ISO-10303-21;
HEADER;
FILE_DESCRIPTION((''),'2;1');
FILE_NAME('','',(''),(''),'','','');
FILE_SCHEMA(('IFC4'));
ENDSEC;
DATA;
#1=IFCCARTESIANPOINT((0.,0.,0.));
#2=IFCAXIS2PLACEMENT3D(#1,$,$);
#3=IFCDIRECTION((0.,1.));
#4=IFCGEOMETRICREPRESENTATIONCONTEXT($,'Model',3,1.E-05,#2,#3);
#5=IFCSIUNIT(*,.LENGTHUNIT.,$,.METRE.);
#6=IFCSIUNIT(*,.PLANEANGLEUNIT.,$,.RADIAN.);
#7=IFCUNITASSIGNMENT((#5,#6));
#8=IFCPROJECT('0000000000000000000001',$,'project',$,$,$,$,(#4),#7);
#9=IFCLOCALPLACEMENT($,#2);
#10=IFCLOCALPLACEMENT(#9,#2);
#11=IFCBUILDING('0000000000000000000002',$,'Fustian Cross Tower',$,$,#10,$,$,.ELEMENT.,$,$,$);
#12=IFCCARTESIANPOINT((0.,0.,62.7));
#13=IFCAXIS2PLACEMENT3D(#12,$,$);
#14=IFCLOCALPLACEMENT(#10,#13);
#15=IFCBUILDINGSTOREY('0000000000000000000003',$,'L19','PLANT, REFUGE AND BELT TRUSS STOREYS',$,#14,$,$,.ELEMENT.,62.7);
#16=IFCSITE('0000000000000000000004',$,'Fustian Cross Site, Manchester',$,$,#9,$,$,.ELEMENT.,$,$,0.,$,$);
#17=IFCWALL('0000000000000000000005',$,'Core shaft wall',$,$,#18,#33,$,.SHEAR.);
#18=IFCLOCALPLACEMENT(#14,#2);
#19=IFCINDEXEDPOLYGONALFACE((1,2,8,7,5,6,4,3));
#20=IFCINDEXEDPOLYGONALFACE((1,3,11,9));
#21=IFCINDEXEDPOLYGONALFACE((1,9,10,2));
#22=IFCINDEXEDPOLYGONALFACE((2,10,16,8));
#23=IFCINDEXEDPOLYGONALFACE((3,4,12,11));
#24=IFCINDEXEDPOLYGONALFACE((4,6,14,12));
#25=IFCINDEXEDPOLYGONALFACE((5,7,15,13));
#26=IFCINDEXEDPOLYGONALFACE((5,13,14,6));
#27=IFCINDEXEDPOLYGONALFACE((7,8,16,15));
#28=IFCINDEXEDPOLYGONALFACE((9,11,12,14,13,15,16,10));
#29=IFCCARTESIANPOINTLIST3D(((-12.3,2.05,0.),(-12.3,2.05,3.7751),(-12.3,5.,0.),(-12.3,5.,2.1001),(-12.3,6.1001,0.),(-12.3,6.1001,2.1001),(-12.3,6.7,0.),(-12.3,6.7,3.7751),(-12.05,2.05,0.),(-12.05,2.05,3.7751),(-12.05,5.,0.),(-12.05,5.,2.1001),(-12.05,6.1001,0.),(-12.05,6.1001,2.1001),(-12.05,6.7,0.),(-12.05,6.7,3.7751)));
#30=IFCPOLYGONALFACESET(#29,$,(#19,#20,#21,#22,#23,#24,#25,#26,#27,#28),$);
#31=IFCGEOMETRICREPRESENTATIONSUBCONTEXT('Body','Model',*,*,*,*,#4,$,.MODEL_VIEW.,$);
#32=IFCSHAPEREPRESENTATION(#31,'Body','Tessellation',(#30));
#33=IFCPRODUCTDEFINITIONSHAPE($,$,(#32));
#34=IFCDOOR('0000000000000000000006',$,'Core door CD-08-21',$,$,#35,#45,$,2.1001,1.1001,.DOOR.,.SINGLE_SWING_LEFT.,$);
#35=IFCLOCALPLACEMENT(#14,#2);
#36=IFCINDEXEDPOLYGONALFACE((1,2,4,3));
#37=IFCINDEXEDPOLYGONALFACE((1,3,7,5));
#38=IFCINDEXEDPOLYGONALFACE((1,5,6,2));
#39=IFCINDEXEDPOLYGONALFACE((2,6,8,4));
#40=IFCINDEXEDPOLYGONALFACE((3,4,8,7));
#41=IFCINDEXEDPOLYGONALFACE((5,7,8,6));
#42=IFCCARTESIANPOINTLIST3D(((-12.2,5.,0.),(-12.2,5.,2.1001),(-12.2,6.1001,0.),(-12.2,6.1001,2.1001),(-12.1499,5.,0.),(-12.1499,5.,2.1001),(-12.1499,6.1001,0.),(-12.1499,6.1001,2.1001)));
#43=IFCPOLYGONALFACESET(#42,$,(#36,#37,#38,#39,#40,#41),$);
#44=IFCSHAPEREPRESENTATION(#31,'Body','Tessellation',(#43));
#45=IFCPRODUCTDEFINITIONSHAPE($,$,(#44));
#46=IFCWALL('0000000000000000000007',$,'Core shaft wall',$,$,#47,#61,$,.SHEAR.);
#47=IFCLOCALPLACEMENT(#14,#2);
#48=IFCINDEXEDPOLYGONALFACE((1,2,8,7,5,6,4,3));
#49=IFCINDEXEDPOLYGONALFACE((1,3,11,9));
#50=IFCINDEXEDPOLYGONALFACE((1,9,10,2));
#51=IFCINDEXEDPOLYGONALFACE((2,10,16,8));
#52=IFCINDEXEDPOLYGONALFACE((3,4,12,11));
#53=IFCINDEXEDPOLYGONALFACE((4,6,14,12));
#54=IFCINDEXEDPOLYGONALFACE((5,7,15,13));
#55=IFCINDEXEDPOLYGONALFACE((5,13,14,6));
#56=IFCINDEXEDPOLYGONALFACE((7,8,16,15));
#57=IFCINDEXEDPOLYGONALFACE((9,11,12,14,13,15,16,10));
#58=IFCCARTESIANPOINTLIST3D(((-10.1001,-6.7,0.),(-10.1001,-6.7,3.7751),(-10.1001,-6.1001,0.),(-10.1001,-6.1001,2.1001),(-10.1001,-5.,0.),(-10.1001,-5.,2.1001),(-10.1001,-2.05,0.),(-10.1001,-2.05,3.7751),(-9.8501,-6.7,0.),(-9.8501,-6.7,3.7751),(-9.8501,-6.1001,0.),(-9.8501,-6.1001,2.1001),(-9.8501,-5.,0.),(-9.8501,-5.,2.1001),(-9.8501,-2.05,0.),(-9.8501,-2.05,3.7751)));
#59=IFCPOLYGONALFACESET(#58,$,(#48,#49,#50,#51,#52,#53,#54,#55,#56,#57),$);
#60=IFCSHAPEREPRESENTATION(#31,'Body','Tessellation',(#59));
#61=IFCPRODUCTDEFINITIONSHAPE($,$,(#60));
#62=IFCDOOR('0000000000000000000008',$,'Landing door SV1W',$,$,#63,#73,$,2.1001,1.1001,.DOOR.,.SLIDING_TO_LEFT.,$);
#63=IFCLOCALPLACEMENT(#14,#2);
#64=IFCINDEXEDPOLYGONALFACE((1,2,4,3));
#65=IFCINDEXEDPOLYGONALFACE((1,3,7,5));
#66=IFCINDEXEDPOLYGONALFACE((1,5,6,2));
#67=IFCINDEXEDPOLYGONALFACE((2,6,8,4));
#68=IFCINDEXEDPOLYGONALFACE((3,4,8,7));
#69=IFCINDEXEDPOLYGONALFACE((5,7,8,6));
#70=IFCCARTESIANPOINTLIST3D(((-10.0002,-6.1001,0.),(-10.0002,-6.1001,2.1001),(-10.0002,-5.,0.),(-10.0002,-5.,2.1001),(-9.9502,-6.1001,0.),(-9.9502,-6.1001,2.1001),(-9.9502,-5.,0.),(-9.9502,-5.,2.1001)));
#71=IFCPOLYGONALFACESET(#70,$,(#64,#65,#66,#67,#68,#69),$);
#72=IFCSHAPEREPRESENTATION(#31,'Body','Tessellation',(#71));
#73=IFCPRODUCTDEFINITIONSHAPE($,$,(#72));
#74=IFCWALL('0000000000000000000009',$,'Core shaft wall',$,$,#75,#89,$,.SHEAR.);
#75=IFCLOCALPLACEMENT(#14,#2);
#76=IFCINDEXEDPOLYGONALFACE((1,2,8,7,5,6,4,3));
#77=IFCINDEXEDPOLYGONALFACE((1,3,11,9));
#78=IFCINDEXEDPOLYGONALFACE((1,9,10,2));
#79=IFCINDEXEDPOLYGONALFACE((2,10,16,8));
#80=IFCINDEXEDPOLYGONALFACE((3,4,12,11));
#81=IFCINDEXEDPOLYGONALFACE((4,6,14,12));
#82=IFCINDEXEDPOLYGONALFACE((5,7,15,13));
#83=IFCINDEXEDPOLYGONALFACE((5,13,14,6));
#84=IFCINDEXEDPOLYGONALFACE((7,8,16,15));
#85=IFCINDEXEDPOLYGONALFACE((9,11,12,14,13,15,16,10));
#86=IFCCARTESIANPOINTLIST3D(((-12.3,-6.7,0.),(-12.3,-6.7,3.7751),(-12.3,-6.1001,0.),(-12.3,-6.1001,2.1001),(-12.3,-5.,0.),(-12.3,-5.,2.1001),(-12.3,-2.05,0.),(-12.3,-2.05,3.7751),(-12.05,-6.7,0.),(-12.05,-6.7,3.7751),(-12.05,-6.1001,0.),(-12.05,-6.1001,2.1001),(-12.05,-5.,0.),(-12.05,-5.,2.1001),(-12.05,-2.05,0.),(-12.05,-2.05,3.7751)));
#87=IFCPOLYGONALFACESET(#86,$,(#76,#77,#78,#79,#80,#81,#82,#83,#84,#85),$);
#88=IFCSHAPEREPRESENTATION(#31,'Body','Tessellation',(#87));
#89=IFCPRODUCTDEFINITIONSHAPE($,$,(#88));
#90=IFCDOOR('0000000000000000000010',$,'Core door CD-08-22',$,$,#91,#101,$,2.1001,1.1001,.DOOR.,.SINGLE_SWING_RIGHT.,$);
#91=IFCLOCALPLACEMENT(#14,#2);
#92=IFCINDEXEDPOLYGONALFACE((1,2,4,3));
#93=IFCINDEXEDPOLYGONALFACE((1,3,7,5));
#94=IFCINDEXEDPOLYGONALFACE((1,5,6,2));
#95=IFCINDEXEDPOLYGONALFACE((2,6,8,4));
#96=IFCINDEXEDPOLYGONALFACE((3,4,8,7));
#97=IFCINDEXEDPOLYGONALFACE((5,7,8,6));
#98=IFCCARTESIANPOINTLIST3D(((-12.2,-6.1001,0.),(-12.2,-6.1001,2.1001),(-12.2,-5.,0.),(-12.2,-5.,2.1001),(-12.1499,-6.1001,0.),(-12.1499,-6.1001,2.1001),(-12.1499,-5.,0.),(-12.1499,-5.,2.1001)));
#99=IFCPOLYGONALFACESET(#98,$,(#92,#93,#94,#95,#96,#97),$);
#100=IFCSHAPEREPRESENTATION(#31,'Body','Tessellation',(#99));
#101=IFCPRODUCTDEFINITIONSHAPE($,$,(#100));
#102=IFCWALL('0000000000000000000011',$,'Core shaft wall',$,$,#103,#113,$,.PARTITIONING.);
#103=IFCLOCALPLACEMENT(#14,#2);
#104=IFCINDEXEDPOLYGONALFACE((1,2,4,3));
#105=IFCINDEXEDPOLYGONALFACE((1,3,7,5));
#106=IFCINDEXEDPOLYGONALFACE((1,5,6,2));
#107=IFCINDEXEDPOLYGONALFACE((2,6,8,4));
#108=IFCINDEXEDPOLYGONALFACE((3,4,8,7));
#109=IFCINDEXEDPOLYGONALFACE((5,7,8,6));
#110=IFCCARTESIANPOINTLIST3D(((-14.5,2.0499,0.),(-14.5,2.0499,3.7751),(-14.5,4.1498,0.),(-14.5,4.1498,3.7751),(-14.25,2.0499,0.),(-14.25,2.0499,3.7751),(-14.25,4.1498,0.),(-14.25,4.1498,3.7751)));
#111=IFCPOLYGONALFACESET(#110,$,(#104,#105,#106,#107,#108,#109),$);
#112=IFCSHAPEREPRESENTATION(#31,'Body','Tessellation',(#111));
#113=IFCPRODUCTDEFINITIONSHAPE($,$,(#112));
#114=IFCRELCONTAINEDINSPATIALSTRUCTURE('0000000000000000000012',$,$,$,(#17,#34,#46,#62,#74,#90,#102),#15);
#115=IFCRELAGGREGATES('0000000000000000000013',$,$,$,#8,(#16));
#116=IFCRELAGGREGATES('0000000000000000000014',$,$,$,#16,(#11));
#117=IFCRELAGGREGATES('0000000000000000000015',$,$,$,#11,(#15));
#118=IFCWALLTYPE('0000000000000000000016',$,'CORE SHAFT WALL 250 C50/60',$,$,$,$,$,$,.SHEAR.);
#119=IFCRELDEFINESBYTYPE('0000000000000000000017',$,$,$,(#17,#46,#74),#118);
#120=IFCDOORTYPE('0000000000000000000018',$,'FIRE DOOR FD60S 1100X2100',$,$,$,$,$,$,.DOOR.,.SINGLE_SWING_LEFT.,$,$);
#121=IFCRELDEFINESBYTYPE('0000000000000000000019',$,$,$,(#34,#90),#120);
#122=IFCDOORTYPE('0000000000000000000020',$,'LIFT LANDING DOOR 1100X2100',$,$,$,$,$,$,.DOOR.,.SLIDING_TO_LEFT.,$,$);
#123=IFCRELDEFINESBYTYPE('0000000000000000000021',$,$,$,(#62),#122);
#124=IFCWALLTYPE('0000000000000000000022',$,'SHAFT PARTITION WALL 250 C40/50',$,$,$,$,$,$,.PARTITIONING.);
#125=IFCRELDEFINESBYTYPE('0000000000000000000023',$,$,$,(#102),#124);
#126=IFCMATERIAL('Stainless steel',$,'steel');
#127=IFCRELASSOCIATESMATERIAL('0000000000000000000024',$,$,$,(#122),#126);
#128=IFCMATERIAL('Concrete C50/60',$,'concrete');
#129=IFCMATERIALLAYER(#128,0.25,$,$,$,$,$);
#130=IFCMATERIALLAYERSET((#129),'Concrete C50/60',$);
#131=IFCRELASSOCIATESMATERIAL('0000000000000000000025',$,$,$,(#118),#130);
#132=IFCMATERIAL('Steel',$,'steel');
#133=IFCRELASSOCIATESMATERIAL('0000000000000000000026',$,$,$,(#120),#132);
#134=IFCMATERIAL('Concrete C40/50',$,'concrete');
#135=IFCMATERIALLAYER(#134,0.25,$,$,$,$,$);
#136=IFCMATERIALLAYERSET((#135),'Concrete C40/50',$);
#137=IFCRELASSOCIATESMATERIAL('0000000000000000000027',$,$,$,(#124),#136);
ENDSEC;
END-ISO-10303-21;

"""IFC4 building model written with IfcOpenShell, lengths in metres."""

from ifc_helpers import new_model, si_unit, direction, frame, frame_2d, origin, place, context, subcontext, project, spatial, rectangle, extrude, material, layer, layer_set, type_object, element, fill, save


model = new_model("IFC4")

# Units and contexts
model_context = context("Model", 3, precision=1e-05, world=origin(), true_north=direction((0.0, 1.0)))
body_context = subcontext(model_context, "Body", "Model", "MODEL_VIEW")
ifc_project = project(units=[si_unit("LENGTHUNIT", "METRE"), si_unit("PLANEANGLEUNIT", "RADIAN")], contexts=[model_context])

# Site, building, storey
site_placement = place(None, origin())
site = spatial("IfcSite", under=ifc_project, at=site_placement, Name="Fustian Cross Site, Manchester", CompositionType="ELEMENT", RefElevation=0.0)
building_placement = place(site_placement, origin())
building = spatial("IfcBuilding", under=site, at=building_placement, Name="Fustian Cross Tower", CompositionType="ELEMENT")
storey_placement = place(building_placement, frame((0.0, 0.0, 62.7)))
storey = spatial("IfcBuildingStorey", under=building, at=storey_placement, Name="L19", Description="PLANT, REFUGE AND BELT TRUSS STOREYS", CompositionType="ELEMENT", Elevation=62.7)

# Shared definitions
ifc_material_1 = material(Name="Stainless steel", Category="steel")
door_type_1 = type_object("IfcDoorType", Name="LIFT LANDING DOOR 1100X2100", OperationType="SLIDING_TO_LEFT", PredefinedType="DOOR", material=ifc_material_1)

# Shared definitions
ifc_material_2 = material(Name="Concrete C50/60", Category="concrete")
ifc_layer_1 = layer(ifc_material_2, 0.25)
ifc_layer_set_1 = layer_set([ifc_layer_1], Name="Concrete C50/60")
wall_type_1 = type_object("IfcWallType", Name="CORE SHAFT WALL 250 C50/60", PredefinedType="SHEAR", material=ifc_layer_set_1)

# Walls, openings, doors
wall_1_placement = place(storey_placement, frame((-12.175, 2.05, 0.0), z_axis=(0.0, 0.0, 1.0), x_axis=(0.0, 1.0, 0.0)))
wall_1 = element("IfcWall", 1, at=wall_1_placement, inside=storey, type_object=wall_type_1, Name="Core shaft wall", PredefinedType="SHEAR", context=body_context, shape_type="SweptSolid", body=[
    extrude(rectangle(XDim=4.6499, YDim=0.25, at=frame_2d((2.325, 0.0))), origin(), (0.0, 0.0, 1.0), 3.7751),
])
opening_1_placement = place(wall_1_placement, frame((2.95, 0.0, 0.0)))
opening_1 = element("IfcOpeningElement", 2, at=opening_1_placement, cuts=wall_1, PredefinedType="OPENING", context=body_context, shape_type="SweptSolid", body=[
    extrude(rectangle(XDim=1.1001, YDim=2.1001, at=frame_2d((0.55, 1.05))), frame((0.0, 0.135, 0.0), z_axis=(0.0, -1.0, 0.0), x_axis=(1.0, 0.0, 0.0)), (0.0, 0.0, 1.0), 0.27),
])
ifc_material_3 = material(Name="Steel", Category="steel")
door_type_2 = type_object("IfcDoorType", Name="FIRE DOOR FD60S 1100X2100", OperationType="SINGLE_SWING_LEFT", PredefinedType="DOOR", material=ifc_material_3)
door_1_placement = place(opening_1_placement, origin())
door_1 = element("IfcDoor", 3, at=door_1_placement, inside=storey, type_object=door_type_2, Name="Core door CD-08-21", OperationType="SINGLE_SWING_LEFT", OverallHeight=2.1001, OverallWidth=1.1001, PredefinedType="DOOR", context=body_context, shape_type="SweptSolid", body=[
    extrude(rectangle(XDim=1.1001, YDim=2.1001, at=frame_2d((0.55, 1.05))), frame((0.0, 0.0249, 0.0), z_axis=(0.0, -1.0, 0.0), x_axis=(1.0, 0.0, 0.0)), (0.0, 0.0, 1.0), 0.05),
])
fill(opening_1, door_1)
wall_2_placement = place(storey_placement, frame((-9.9751, -2.05, 0.0), z_axis=(0.0, 0.0, 1.0), x_axis=(0.0, -1.0, 0.0)))
wall_2 = element("IfcWall", 4, at=wall_2_placement, inside=storey, type_object=wall_type_1, Name="Core shaft wall", PredefinedType="SHEAR", context=body_context, shape_type="SweptSolid", body=[
    extrude(rectangle(XDim=4.6499, YDim=0.25, at=frame_2d((2.325, 0.0))), origin(), (0.0, 0.0, 1.0), 3.7751),
])
opening_2_placement = place(wall_2_placement, frame((2.95, 0.0, 0.0)))
opening_2 = element("IfcOpeningElement", 5, at=opening_2_placement, cuts=wall_2, PredefinedType="OPENING", context=body_context, shape_type="SweptSolid", body=[
    extrude(rectangle(XDim=1.1001, YDim=2.1001, at=frame_2d((0.55, 1.05))), frame((0.0, 0.135, 0.0), z_axis=(0.0, -1.0, 0.0), x_axis=(1.0, 0.0, 0.0)), (0.0, 0.0, 1.0), 0.27),
])
door_2_placement = place(opening_2_placement, origin())
door_2 = element("IfcDoor", 6, at=door_2_placement, inside=storey, type_object=door_type_1, Name="Landing door SV1W", OperationType="SLIDING_TO_LEFT", OverallHeight=2.1001, OverallWidth=1.1001, PredefinedType="DOOR", context=body_context, shape_type="SweptSolid", body=[
    extrude(rectangle(XDim=1.1001, YDim=2.1001, at=frame_2d((0.55, 1.05))), frame((0.0, 0.0249, 0.0), z_axis=(0.0, -1.0, 0.0), x_axis=(1.0, 0.0, 0.0)), (0.0, 0.0, 1.0), 0.05),
])
fill(opening_2, door_2)
wall_3_placement = place(storey_placement, frame((-12.175, -2.05, 0.0), z_axis=(0.0, 0.0, 1.0), x_axis=(0.0, -1.0, 0.0)))
wall_3 = element("IfcWall", 7, at=wall_3_placement, inside=storey, type_object=wall_type_1, Name="Core shaft wall", PredefinedType="SHEAR", context=body_context, shape_type="SweptSolid", body=[
    extrude(rectangle(XDim=4.6499, YDim=0.25, at=frame_2d((2.325, 0.0))), origin(), (0.0, 0.0, 1.0), 3.7751),
])
opening_3_placement = place(wall_3_placement, frame((2.95, 0.0, 0.0)))
opening_3 = element("IfcOpeningElement", 8, at=opening_3_placement, cuts=wall_3, PredefinedType="OPENING", context=body_context, shape_type="SweptSolid", body=[
    extrude(rectangle(XDim=1.1001, YDim=2.1001, at=frame_2d((0.55, 1.05))), frame((0.0, 0.135, 0.0), z_axis=(0.0, -1.0, 0.0), x_axis=(1.0, 0.0, 0.0)), (0.0, 0.0, 1.0), 0.27),
])
door_3_placement = place(opening_3_placement, frame((1.1001, 0.0, 0.0), z_axis=(0.0, 0.0, 1.0), x_axis=(-1.0, 0.0, 0.0)))
door_3 = element("IfcDoor", 9, at=door_3_placement, inside=storey, type_object=door_type_2, Name="Core door CD-08-22", OperationType="SINGLE_SWING_RIGHT", OverallHeight=2.1001, OverallWidth=1.1001, PredefinedType="DOOR", context=body_context, shape_type="SweptSolid", body=[
    extrude(rectangle(XDim=1.1001, YDim=2.1001, at=frame_2d((0.55, 1.05))), frame((0.0, 0.0249, 0.0), z_axis=(0.0, -1.0, 0.0), x_axis=(1.0, 0.0, 0.0)), (0.0, 0.0, 1.0), 0.05),
])
fill(opening_3, door_3)

# Wall
ifc_material_4 = material(Name="Concrete C40/50", Category="concrete")
ifc_layer_2 = layer(ifc_material_4, 0.25)
ifc_layer_set_2 = layer_set([ifc_layer_2], Name="Concrete C40/50")
wall_type_2 = type_object("IfcWallType", Name="SHAFT PARTITION WALL 250 C40/50", PredefinedType="PARTITIONING", material=ifc_layer_set_2)
wall_4_placement = place(storey_placement, frame((-14.375, 2.05, 0.0), z_axis=(0.0, 0.0, 1.0), x_axis=(0.0, 1.0, 0.0)))
element("IfcWall", 10, at=wall_4_placement, inside=storey, type_object=wall_type_2, Name="Core shaft wall", PredefinedType="PARTITIONING", context=body_context, shape_type="SweptSolid", body=[
    extrude(rectangle(XDim=2.0999, YDim=0.25, at=frame_2d((1.0498, 0.0))), origin(), (0.0, 0.0, 1.0), 3.7751),
])

save(model, "model.ifc")
